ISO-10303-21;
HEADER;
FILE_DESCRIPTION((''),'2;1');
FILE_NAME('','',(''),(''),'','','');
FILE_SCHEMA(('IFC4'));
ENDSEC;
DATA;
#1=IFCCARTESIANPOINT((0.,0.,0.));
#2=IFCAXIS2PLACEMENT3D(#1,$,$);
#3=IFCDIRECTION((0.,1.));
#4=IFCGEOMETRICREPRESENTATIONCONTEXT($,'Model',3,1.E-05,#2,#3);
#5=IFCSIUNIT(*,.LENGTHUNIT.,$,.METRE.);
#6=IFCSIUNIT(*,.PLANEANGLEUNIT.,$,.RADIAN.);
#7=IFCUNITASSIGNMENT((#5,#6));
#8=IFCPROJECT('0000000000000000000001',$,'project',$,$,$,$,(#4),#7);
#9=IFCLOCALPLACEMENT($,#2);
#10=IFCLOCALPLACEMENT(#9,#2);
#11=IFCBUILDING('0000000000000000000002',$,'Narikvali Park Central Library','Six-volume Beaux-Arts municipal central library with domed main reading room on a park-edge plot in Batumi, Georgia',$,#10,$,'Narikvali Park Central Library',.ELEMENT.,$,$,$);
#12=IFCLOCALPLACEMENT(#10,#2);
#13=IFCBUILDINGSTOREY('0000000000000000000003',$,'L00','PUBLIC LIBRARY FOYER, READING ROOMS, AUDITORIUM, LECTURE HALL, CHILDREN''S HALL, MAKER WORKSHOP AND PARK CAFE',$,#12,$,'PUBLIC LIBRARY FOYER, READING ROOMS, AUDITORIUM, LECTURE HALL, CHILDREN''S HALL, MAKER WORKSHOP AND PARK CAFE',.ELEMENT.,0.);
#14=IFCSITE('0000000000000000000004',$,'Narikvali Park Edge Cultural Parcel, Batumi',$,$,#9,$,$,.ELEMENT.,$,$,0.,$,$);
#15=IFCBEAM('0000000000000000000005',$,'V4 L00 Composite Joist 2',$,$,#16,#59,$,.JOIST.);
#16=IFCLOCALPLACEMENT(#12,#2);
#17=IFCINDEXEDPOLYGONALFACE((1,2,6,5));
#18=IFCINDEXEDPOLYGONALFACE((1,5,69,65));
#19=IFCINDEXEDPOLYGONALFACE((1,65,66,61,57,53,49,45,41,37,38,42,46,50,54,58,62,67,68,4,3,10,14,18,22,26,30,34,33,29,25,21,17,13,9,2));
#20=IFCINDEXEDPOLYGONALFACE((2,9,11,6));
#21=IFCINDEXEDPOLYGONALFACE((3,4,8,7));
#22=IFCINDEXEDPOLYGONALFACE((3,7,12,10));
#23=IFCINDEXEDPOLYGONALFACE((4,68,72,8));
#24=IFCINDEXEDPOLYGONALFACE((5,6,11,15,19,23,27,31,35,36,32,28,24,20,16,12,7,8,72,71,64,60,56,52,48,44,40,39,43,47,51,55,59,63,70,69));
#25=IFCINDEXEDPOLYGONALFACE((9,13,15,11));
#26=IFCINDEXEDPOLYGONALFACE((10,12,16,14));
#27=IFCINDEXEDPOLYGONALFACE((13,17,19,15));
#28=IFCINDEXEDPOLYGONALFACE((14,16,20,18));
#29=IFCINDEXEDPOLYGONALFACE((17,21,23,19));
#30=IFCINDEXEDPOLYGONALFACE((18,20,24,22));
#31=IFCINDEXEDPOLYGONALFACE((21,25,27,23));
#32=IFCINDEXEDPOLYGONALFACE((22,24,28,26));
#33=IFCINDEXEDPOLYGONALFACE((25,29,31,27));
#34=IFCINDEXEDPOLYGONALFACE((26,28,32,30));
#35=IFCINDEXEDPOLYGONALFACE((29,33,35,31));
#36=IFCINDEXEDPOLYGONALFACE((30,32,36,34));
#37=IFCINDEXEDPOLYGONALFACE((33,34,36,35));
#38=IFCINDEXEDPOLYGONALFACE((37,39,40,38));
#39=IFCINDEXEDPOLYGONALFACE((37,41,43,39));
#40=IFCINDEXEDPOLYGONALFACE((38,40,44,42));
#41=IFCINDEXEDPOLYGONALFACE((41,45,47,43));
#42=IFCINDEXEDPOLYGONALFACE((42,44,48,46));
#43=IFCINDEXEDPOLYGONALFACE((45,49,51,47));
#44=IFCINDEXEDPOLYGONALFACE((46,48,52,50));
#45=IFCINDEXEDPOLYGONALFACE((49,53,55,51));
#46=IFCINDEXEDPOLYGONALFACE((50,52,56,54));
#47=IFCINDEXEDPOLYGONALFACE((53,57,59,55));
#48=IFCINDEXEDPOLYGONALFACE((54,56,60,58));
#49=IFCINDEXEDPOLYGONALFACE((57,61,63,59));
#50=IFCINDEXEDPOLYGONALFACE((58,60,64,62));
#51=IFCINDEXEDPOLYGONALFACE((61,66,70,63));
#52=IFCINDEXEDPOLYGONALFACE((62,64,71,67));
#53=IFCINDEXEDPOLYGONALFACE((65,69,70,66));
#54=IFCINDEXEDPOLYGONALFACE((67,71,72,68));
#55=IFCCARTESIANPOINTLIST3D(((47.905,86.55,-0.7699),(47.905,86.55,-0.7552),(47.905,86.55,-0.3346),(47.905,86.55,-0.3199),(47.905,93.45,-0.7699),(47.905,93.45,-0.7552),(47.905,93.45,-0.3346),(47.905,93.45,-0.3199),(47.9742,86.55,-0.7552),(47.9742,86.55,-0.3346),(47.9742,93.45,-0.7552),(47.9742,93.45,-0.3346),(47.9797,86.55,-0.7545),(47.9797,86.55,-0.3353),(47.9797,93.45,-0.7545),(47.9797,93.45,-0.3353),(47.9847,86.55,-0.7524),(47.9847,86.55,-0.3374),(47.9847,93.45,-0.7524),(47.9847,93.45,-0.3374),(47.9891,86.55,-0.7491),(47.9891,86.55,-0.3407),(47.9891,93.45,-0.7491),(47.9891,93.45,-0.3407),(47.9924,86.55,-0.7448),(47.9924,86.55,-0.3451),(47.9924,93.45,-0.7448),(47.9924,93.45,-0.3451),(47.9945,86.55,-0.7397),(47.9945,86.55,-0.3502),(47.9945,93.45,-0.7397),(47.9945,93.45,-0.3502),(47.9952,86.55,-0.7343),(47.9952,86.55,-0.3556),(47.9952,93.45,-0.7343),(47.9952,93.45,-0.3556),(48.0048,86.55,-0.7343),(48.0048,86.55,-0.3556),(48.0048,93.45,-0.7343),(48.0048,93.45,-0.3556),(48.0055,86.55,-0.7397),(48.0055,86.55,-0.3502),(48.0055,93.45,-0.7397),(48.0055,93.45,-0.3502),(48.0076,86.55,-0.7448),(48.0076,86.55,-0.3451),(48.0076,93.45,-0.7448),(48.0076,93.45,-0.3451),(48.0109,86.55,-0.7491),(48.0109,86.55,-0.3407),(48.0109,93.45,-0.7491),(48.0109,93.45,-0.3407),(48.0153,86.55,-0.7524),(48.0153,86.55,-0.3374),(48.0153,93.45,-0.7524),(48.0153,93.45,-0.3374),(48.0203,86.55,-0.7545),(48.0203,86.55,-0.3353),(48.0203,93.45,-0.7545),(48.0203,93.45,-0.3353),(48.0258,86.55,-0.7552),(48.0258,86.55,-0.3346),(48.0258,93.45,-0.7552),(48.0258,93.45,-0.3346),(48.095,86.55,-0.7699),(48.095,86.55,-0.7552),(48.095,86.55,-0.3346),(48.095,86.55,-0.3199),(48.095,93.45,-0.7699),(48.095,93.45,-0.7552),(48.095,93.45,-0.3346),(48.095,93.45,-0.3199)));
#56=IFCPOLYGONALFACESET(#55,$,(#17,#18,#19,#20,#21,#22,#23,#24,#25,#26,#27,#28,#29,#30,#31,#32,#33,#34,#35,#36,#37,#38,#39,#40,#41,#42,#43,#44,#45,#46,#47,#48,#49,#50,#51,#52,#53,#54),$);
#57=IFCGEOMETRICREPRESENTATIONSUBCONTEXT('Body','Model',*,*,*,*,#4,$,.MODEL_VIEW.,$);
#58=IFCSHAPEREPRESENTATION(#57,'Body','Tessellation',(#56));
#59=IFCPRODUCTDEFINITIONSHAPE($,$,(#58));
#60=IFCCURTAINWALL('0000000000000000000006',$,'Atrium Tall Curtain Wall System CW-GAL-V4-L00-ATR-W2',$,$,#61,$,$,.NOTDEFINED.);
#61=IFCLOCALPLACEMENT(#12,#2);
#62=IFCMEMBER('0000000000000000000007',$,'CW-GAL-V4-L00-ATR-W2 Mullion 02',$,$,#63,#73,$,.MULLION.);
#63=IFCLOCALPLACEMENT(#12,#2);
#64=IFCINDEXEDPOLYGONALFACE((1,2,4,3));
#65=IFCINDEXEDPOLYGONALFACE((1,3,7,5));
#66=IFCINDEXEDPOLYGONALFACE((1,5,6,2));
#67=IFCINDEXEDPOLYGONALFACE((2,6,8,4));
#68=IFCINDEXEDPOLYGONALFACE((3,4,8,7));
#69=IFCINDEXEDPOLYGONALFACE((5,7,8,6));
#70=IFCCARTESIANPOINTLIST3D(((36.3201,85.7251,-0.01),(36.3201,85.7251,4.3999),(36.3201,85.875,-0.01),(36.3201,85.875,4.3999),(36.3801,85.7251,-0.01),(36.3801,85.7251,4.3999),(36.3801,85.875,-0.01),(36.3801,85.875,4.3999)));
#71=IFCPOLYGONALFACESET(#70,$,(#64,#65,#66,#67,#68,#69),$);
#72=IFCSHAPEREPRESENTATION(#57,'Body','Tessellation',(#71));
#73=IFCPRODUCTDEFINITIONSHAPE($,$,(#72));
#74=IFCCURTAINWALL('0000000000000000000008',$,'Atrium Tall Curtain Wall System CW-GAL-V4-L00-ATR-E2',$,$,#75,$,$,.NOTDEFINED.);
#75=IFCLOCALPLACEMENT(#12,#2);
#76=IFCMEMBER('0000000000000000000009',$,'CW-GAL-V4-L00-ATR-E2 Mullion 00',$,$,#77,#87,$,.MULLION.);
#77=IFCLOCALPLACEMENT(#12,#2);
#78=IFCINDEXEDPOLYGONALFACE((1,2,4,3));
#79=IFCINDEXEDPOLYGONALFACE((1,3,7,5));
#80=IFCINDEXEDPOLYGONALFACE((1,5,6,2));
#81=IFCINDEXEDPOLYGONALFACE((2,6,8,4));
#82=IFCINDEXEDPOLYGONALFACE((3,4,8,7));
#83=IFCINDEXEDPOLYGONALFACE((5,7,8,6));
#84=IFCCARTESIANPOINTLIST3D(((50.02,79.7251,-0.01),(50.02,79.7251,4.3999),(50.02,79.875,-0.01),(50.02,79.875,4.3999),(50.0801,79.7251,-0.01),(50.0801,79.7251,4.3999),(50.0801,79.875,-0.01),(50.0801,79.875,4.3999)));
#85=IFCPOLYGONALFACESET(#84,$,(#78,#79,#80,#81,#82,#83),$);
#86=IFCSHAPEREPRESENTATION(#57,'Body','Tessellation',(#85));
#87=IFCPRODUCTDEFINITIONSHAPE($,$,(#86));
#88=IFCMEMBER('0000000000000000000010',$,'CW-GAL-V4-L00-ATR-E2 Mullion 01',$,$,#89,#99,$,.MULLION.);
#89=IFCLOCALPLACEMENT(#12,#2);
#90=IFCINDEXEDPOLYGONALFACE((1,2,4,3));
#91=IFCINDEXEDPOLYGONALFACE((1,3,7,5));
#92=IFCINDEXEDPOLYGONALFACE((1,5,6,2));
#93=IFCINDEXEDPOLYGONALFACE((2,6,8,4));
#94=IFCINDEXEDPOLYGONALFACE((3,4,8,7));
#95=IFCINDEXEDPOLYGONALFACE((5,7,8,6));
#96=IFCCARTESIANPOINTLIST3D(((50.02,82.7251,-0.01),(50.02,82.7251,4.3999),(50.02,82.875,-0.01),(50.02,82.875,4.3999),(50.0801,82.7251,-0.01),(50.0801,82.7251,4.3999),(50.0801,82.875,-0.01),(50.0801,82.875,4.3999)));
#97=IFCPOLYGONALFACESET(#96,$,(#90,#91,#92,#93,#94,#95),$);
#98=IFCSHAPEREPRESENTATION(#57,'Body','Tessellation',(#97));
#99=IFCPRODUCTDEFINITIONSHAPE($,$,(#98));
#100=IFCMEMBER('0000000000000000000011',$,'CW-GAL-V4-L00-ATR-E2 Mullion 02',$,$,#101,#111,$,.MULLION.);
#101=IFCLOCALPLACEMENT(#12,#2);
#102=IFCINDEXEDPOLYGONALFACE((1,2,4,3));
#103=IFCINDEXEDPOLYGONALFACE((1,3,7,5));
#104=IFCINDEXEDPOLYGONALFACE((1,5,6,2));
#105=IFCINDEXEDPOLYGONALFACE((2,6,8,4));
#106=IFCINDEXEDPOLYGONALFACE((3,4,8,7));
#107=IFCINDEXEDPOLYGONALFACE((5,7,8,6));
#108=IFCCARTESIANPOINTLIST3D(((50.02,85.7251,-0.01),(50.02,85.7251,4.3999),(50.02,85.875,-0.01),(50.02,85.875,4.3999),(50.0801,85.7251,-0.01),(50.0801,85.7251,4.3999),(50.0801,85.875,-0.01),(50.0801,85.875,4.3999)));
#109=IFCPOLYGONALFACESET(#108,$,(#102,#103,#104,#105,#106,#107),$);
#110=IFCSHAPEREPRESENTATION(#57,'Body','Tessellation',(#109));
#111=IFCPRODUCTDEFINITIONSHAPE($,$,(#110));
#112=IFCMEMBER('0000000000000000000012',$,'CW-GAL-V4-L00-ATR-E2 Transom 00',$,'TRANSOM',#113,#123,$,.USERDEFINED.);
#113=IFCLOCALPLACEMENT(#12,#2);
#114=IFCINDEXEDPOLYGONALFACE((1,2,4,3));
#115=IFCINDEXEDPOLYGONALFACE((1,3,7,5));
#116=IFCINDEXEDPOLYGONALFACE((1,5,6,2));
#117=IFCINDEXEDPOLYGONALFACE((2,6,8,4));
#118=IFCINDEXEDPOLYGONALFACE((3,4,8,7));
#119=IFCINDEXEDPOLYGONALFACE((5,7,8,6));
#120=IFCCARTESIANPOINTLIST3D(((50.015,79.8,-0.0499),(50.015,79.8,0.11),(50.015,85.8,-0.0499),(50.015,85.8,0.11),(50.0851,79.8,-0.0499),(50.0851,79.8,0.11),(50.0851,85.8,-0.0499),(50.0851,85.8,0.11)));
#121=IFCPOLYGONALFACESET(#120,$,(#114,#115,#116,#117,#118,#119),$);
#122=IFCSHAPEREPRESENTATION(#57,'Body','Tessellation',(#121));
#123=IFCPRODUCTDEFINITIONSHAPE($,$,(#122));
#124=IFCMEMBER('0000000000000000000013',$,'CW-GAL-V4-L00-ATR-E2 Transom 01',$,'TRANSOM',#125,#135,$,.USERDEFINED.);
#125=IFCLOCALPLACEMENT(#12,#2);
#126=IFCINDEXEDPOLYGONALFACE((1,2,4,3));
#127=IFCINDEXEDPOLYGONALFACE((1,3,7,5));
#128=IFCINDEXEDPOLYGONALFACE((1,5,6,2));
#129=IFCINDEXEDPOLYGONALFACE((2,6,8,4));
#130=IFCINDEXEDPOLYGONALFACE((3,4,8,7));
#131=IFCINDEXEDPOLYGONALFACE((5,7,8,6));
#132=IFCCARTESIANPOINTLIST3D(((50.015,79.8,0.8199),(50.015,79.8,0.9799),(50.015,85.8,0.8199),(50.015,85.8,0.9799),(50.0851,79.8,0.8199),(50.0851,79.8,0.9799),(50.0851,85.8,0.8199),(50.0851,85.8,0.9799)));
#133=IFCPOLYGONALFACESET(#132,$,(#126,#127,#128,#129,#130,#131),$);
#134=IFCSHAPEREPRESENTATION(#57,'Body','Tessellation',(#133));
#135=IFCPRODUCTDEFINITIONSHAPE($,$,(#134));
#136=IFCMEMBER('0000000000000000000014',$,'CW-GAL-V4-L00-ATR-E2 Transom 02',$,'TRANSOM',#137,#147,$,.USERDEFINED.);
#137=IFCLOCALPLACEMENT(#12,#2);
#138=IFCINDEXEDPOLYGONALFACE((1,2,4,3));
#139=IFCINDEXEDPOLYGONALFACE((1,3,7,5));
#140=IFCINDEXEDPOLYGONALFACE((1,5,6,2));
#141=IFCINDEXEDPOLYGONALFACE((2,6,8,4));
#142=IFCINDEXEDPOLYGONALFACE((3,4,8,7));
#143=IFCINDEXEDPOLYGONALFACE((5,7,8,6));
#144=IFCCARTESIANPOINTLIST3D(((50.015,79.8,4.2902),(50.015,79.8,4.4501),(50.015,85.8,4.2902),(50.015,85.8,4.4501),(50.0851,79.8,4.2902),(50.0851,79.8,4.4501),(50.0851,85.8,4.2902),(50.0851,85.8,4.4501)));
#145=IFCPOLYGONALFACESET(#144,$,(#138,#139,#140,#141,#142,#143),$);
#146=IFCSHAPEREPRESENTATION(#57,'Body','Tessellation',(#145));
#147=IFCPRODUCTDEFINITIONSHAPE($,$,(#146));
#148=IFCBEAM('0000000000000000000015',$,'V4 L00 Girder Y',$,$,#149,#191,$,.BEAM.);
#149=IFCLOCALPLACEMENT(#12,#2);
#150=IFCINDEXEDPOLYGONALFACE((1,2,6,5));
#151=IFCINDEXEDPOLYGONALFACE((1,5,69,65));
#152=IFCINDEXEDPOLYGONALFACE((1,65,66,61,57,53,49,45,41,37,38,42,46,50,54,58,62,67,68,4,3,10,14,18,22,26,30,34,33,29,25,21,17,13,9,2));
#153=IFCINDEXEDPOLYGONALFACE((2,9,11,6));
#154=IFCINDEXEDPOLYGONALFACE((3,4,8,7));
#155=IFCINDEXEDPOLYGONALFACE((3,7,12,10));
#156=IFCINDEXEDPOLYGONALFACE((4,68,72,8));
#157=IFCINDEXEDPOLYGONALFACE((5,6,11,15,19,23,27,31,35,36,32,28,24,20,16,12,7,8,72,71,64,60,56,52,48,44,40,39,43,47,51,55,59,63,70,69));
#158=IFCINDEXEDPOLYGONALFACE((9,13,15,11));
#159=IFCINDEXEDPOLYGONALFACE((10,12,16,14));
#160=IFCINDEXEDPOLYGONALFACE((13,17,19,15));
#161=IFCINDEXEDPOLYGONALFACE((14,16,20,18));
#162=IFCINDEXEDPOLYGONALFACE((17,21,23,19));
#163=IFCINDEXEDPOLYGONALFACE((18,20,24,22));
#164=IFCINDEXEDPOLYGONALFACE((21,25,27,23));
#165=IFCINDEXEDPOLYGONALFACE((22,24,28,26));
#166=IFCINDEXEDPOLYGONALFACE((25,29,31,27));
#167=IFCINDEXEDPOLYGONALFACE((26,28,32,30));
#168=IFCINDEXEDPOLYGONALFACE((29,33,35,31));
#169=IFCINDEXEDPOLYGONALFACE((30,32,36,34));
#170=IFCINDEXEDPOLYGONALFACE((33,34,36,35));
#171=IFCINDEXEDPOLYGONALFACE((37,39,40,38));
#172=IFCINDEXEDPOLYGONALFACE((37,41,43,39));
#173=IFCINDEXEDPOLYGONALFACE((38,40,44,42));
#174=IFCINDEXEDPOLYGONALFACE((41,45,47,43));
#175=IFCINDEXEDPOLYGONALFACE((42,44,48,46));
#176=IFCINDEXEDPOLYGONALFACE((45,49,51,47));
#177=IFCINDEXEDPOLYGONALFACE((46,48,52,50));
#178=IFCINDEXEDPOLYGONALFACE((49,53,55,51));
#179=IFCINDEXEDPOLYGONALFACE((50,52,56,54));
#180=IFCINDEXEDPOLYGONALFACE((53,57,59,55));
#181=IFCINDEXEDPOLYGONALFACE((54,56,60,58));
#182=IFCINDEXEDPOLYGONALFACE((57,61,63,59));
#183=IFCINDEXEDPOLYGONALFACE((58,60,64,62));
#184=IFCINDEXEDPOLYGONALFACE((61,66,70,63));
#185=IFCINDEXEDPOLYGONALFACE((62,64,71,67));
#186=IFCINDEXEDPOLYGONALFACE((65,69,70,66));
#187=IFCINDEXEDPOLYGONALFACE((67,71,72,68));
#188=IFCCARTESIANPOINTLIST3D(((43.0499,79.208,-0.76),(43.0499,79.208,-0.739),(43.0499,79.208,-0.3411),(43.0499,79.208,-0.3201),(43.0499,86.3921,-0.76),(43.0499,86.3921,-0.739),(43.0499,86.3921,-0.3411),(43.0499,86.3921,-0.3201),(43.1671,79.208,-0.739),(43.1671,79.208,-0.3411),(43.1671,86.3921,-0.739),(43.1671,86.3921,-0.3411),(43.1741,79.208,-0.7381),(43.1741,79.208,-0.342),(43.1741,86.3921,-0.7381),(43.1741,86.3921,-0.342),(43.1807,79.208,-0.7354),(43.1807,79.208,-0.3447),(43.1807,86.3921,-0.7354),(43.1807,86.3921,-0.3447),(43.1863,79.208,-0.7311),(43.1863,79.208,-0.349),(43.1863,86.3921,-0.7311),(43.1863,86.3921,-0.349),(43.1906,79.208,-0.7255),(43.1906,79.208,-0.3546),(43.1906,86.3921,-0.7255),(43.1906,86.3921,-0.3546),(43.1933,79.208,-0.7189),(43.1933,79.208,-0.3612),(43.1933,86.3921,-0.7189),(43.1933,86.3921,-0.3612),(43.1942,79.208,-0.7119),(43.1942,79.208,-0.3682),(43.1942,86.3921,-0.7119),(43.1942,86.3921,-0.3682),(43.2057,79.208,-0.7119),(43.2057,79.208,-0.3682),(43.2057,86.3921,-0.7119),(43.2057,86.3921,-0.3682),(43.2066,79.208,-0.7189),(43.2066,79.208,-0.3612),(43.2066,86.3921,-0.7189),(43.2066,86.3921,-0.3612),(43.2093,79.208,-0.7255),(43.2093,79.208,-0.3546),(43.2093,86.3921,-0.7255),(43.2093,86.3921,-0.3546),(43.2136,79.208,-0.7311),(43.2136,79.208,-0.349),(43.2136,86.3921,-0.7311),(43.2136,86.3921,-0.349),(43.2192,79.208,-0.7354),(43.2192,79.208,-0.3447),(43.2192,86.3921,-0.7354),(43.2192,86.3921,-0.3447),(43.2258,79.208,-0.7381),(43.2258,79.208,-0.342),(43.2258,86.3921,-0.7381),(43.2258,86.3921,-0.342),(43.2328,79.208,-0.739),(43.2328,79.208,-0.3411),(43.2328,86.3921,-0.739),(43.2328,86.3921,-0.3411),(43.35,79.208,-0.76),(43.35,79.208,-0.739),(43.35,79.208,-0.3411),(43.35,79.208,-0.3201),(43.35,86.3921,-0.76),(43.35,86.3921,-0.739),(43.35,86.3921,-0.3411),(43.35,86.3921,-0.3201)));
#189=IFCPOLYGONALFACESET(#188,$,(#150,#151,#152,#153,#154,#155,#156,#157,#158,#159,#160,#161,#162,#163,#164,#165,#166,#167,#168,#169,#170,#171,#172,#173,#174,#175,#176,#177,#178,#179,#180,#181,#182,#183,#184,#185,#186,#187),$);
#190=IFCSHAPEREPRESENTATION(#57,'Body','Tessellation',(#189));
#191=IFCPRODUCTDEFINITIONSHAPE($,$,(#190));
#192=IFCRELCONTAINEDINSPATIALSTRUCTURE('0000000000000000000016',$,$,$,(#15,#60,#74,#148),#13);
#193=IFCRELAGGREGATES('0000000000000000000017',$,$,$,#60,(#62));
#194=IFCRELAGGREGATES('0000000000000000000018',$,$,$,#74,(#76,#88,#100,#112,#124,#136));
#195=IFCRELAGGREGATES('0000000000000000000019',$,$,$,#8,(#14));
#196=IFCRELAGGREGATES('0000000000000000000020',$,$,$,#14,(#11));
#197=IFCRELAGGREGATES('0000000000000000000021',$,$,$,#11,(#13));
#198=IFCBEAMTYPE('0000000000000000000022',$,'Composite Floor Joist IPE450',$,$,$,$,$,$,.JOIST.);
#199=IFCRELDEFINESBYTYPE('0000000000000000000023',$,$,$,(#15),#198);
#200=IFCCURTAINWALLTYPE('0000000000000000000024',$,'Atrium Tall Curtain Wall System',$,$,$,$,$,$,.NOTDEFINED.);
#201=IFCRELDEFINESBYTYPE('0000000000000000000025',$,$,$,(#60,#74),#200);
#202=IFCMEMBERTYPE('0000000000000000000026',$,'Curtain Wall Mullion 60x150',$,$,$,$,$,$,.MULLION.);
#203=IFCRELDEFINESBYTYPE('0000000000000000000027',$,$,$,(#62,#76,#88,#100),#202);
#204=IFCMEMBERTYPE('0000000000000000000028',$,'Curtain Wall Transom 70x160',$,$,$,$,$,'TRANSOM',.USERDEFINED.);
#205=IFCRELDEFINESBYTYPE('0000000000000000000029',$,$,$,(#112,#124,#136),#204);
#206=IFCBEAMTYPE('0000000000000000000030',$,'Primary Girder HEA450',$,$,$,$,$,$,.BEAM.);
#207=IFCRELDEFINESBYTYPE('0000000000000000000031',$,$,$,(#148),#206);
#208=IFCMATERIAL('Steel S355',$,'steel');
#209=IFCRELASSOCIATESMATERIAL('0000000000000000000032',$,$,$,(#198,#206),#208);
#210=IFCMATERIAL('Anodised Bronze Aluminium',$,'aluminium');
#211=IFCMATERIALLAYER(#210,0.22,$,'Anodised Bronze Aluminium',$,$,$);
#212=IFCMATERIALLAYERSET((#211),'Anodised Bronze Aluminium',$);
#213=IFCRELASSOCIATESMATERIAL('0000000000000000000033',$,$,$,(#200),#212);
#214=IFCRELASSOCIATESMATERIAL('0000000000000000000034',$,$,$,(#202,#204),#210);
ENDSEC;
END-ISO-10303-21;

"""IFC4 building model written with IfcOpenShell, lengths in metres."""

from ifc_helpers import new_model, si_unit, direction, frame, origin, origin_2d, place, context, subcontext, project, spatial, rectangle, i_section, extrude, material, layer, layer_set, material_profile, profile_set, type_object, element, aggregate, save


model = new_model("IFC4")

# Units and contexts
model_context = context("Model", 3, precision=1e-05, world=origin(), true_north=direction((0.0, 1.0)))
body_context = subcontext(model_context, "Body", "Model", "MODEL_VIEW")
ifc_project = project(units=[si_unit("LENGTHUNIT", "METRE"), si_unit("PLANEANGLEUNIT", "RADIAN")], contexts=[model_context])

# Site, building, storey
site_placement = place(None, origin())
site = spatial("IfcSite", under=ifc_project, at=site_placement, Name="Narikvali Park Edge Cultural Parcel, Batumi", CompositionType="ELEMENT", RefElevation=0.0)
building_placement = place(site_placement, origin())
building = spatial("IfcBuilding", under=site, at=building_placement, Name="Narikvali Park Central Library", Description="Six-volume Beaux-Arts municipal central library with domed main reading room on a park-edge plot in Batumi, Georgia", LongName="Narikvali Park Central Library", CompositionType="ELEMENT")
storey_placement = place(building_placement, origin())
storey = spatial("IfcBuildingStorey", under=building, at=storey_placement, Name="L00", Description="PUBLIC LIBRARY FOYER, READING ROOMS, AUDITORIUM, LECTURE HALL, CHILDREN'S HALL, MAKER WORKSHOP AND PARK CAFE", LongName="PUBLIC LIBRARY FOYER, READING ROOMS, AUDITORIUM, LECTURE HALL, CHILDREN'S HALL, MAKER WORKSHOP AND PARK CAFE", CompositionType="ELEMENT", Elevation=0.0)

# Shared definitions
ifc_material_1 = material(Name="Steel S355", Category="steel")

# Beam
ifc_material_profile_1 = material_profile(ifc_material_1, i_section(OverallWidth=0.1899, OverallDepth=0.45, WebThickness=0.0095, FlangeThickness=0.0146, FilletRadius=0.021, at=origin_2d()), Name="IPE 450")
ifc_profile_set_1 = profile_set([ifc_material_profile_1], Name="Steel S355")
beam_type_1 = type_object("IfcBeamType", Name="Composite Floor Joist IPE450", PredefinedType="JOIST", material=ifc_profile_set_1)
for number, where, z_axis, x_axis, name in (
    (1, (48.0, 86.55, -0.5449), (0.0, 1.0, 0.0), (-1.0, 0.0, 0.0), "V4 L00 Composite Joist 2"),
):
    element("IfcBeam", number, at=place(storey_placement, frame(where, z_axis=z_axis, x_axis=x_axis)), inside=storey, type_object=beam_type_1, Name=name, PredefinedType="JOIST", context=body_context, shape_type="SweptSolid", body=[
        extrude(i_section(OverallWidth=0.1899, OverallDepth=0.45, WebThickness=0.0095, FlangeThickness=0.0146, FilletRadius=0.021, at=origin_2d()), origin(), (0.0, 0.0, 1.0), 6.8999),
    ])

# Curtain wall, member
ifc_material_2 = material(Name="Anodised Bronze Aluminium", Category="aluminium")
ifc_layer_1 = layer(ifc_material_2, 0.22, Name="Anodised Bronze Aluminium")
ifc_layer_set_1 = layer_set([ifc_layer_1], Name="Anodised Bronze Aluminium")
curtain_wall_type = type_object("IfcCurtainWallType", Name="Atrium Tall Curtain Wall System", PredefinedType="NOTDEFINED", material=ifc_layer_set_1)
curtain_wall_1_placement = place(storey_placement, origin())
curtain_wall_1 = element("IfcCurtainWall", 2, at=curtain_wall_1_placement, inside=storey, type_object=curtain_wall_type, Name="Atrium Tall Curtain Wall System CW-GAL-V4-L00-ATR-W2", PredefinedType="NOTDEFINED")
ifc_material_profile_2 = material_profile(ifc_material_2, rectangle(XDim=0.0601, YDim=0.1499, at=origin_2d()), Name="CW MULLION 60x150")
ifc_profile_set_2 = profile_set([ifc_material_profile_2], Name="Anodised Bronze Aluminium")
member_type_1 = type_object("IfcMemberType", Name="Curtain Wall Mullion 60x150", PredefinedType="MULLION", material=ifc_profile_set_2)
member_1_placement = place(storey_placement, frame((36.3501, 85.8, -0.01), z_axis=(0.0, 0.0, 1.0), x_axis=(1.0, 0.0, 0.0)))
member_1 = element("IfcMember", 3, at=member_1_placement, type_object=member_type_1, Name="CW-GAL-V4-L00-ATR-W2 Mullion 02", PredefinedType="MULLION", context=body_context, shape_type="SweptSolid", body=[
    extrude(rectangle(XDim=0.0601, YDim=0.1499, at=origin_2d()), origin(), (0.0, 0.0, 1.0), 4.4099),
])

# Curtain wall, members
curtain_wall_2_placement = place(storey_placement, origin())
curtain_wall_2 = element("IfcCurtainWall", 4, at=curtain_wall_2_placement, inside=storey, type_object=curtain_wall_type, Name="Atrium Tall Curtain Wall System CW-GAL-V4-L00-ATR-E2", PredefinedType="NOTDEFINED")
member_2_placement = place(storey_placement, frame((50.05, 79.8, -0.01), z_axis=(0.0, 0.0, 1.0), x_axis=(1.0, 0.0, 0.0)))
member_2 = element("IfcMember", 5, at=member_2_placement, type_object=member_type_1, Name="CW-GAL-V4-L00-ATR-E2 Mullion 00", PredefinedType="MULLION", context=body_context, shape_type="SweptSolid", body=[
    extrude(rectangle(XDim=0.0601, YDim=0.1499, at=origin_2d()), origin(), (0.0, 0.0, 1.0), 4.4099),
])
member_3_placement = place(storey_placement, frame((50.05, 82.8, -0.01), z_axis=(0.0, 0.0, 1.0), x_axis=(1.0, 0.0, 0.0)))
member_3 = element("IfcMember", 6, at=member_3_placement, type_object=member_type_1, Name="CW-GAL-V4-L00-ATR-E2 Mullion 01", PredefinedType="MULLION", context=body_context, shape_type="SweptSolid", body=[
    extrude(rectangle(XDim=0.0601, YDim=0.1499, at=origin_2d()), origin(), (0.0, 0.0, 1.0), 4.4099),
])
member_4_placement = place(storey_placement, frame((50.05, 85.8, -0.01), z_axis=(0.0, 0.0, 1.0), x_axis=(1.0, 0.0, 0.0)))
member_4 = element("IfcMember", 7, at=member_4_placement, type_object=member_type_1, Name="CW-GAL-V4-L00-ATR-E2 Mullion 02", PredefinedType="MULLION", context=body_context, shape_type="SweptSolid", body=[
    extrude(rectangle(XDim=0.0601, YDim=0.1499, at=origin_2d()), origin(), (0.0, 0.0, 1.0), 4.4099),
])
ifc_material_profile_3 = material_profile(ifc_material_2, rectangle(XDim=0.0701, YDim=0.1599, at=origin_2d()), Name="CW TRANSOM 70x160")
ifc_profile_set_3 = profile_set([ifc_material_profile_3], Name="Anodised Bronze Aluminium")
member_type_2 = type_object("IfcMemberType", Name="Curtain Wall Transom 70x160", ElementType="TRANSOM", PredefinedType="USERDEFINED", material=ifc_profile_set_3)
member_5_placement = place(storey_placement, frame((50.05, 79.8, 0.03), z_axis=(0.0, 1.0, 0.0), x_axis=(-1.0, 0.0, 0.0)))
member_5 = element("IfcMember", 8, at=member_5_placement, type_object=member_type_2, Name="CW-GAL-V4-L00-ATR-E2 Transom 00", ObjectType="TRANSOM", PredefinedType="USERDEFINED", context=body_context, shape_type="SweptSolid", body=[
    extrude(rectangle(XDim=0.0701, YDim=0.1599, at=origin_2d()), origin(), (0.0, 0.0, 1.0), 6.0),
])
member_6_placement = place(storey_placement, frame((50.05, 79.8, 0.8999), z_axis=(0.0, 1.0, 0.0), x_axis=(-1.0, 0.0, 0.0)))
member_6 = element("IfcMember", 9, at=member_6_placement, type_object=member_type_2, Name="CW-GAL-V4-L00-ATR-E2 Transom 01", ObjectType="TRANSOM", PredefinedType="USERDEFINED", context=body_context, shape_type="SweptSolid", body=[
    extrude(rectangle(XDim=0.0701, YDim=0.1599, at=origin_2d()), origin(), (0.0, 0.0, 1.0), 6.0),
])
member_7_placement = place(storey_placement, frame((50.05, 79.8, 4.3701), z_axis=(0.0, 1.0, 0.0), x_axis=(-1.0, 0.0, 0.0)))
member_7 = element("IfcMember", 10, at=member_7_placement, type_object=member_type_2, Name="CW-GAL-V4-L00-ATR-E2 Transom 02", ObjectType="TRANSOM", PredefinedType="USERDEFINED", context=body_context, shape_type="SweptSolid", body=[
    extrude(rectangle(XDim=0.0701, YDim=0.1599, at=origin_2d()), origin(), (0.0, 0.0, 1.0), 6.0),
])

# Beam
ifc_material_profile_4 = material_profile(ifc_material_1, i_section(OverallWidth=0.3, OverallDepth=0.4399, WebThickness=0.0115, FlangeThickness=0.021, FilletRadius=0.0271, at=origin_2d()), Name="HEA 450")
ifc_profile_set_4 = profile_set([ifc_material_profile_4], Name="Steel S355")
beam_type_2 = type_object("IfcBeamType", Name="Primary Girder HEA450", PredefinedType="BEAM", material=ifc_profile_set_4)
for number, where, z_axis, x_axis, name in (
    (11, (43.2, 79.208, -0.54), (0.0, 1.0, 0.0), (-1.0, 0.0, 0.0), "V4 L00 Girder Y"),
):
    element("IfcBeam", number, at=place(storey_placement, frame(where, z_axis=z_axis, x_axis=x_axis)), inside=storey, type_object=beam_type_2, Name=name, PredefinedType="BEAM", context=body_context, shape_type="SweptSolid", body=[
        extrude(i_section(OverallWidth=0.3, OverallDepth=0.4399, WebThickness=0.0115, FlangeThickness=0.021, FilletRadius=0.0271, at=origin_2d()), origin(), (0.0, 0.0, 1.0), 7.1841),
    ])

aggregate(curtain_wall_1, [member_1])
aggregate(curtain_wall_2, [member_2, member_3, member_4, member_5, member_6, member_7])

save(model, "model.ifc")
